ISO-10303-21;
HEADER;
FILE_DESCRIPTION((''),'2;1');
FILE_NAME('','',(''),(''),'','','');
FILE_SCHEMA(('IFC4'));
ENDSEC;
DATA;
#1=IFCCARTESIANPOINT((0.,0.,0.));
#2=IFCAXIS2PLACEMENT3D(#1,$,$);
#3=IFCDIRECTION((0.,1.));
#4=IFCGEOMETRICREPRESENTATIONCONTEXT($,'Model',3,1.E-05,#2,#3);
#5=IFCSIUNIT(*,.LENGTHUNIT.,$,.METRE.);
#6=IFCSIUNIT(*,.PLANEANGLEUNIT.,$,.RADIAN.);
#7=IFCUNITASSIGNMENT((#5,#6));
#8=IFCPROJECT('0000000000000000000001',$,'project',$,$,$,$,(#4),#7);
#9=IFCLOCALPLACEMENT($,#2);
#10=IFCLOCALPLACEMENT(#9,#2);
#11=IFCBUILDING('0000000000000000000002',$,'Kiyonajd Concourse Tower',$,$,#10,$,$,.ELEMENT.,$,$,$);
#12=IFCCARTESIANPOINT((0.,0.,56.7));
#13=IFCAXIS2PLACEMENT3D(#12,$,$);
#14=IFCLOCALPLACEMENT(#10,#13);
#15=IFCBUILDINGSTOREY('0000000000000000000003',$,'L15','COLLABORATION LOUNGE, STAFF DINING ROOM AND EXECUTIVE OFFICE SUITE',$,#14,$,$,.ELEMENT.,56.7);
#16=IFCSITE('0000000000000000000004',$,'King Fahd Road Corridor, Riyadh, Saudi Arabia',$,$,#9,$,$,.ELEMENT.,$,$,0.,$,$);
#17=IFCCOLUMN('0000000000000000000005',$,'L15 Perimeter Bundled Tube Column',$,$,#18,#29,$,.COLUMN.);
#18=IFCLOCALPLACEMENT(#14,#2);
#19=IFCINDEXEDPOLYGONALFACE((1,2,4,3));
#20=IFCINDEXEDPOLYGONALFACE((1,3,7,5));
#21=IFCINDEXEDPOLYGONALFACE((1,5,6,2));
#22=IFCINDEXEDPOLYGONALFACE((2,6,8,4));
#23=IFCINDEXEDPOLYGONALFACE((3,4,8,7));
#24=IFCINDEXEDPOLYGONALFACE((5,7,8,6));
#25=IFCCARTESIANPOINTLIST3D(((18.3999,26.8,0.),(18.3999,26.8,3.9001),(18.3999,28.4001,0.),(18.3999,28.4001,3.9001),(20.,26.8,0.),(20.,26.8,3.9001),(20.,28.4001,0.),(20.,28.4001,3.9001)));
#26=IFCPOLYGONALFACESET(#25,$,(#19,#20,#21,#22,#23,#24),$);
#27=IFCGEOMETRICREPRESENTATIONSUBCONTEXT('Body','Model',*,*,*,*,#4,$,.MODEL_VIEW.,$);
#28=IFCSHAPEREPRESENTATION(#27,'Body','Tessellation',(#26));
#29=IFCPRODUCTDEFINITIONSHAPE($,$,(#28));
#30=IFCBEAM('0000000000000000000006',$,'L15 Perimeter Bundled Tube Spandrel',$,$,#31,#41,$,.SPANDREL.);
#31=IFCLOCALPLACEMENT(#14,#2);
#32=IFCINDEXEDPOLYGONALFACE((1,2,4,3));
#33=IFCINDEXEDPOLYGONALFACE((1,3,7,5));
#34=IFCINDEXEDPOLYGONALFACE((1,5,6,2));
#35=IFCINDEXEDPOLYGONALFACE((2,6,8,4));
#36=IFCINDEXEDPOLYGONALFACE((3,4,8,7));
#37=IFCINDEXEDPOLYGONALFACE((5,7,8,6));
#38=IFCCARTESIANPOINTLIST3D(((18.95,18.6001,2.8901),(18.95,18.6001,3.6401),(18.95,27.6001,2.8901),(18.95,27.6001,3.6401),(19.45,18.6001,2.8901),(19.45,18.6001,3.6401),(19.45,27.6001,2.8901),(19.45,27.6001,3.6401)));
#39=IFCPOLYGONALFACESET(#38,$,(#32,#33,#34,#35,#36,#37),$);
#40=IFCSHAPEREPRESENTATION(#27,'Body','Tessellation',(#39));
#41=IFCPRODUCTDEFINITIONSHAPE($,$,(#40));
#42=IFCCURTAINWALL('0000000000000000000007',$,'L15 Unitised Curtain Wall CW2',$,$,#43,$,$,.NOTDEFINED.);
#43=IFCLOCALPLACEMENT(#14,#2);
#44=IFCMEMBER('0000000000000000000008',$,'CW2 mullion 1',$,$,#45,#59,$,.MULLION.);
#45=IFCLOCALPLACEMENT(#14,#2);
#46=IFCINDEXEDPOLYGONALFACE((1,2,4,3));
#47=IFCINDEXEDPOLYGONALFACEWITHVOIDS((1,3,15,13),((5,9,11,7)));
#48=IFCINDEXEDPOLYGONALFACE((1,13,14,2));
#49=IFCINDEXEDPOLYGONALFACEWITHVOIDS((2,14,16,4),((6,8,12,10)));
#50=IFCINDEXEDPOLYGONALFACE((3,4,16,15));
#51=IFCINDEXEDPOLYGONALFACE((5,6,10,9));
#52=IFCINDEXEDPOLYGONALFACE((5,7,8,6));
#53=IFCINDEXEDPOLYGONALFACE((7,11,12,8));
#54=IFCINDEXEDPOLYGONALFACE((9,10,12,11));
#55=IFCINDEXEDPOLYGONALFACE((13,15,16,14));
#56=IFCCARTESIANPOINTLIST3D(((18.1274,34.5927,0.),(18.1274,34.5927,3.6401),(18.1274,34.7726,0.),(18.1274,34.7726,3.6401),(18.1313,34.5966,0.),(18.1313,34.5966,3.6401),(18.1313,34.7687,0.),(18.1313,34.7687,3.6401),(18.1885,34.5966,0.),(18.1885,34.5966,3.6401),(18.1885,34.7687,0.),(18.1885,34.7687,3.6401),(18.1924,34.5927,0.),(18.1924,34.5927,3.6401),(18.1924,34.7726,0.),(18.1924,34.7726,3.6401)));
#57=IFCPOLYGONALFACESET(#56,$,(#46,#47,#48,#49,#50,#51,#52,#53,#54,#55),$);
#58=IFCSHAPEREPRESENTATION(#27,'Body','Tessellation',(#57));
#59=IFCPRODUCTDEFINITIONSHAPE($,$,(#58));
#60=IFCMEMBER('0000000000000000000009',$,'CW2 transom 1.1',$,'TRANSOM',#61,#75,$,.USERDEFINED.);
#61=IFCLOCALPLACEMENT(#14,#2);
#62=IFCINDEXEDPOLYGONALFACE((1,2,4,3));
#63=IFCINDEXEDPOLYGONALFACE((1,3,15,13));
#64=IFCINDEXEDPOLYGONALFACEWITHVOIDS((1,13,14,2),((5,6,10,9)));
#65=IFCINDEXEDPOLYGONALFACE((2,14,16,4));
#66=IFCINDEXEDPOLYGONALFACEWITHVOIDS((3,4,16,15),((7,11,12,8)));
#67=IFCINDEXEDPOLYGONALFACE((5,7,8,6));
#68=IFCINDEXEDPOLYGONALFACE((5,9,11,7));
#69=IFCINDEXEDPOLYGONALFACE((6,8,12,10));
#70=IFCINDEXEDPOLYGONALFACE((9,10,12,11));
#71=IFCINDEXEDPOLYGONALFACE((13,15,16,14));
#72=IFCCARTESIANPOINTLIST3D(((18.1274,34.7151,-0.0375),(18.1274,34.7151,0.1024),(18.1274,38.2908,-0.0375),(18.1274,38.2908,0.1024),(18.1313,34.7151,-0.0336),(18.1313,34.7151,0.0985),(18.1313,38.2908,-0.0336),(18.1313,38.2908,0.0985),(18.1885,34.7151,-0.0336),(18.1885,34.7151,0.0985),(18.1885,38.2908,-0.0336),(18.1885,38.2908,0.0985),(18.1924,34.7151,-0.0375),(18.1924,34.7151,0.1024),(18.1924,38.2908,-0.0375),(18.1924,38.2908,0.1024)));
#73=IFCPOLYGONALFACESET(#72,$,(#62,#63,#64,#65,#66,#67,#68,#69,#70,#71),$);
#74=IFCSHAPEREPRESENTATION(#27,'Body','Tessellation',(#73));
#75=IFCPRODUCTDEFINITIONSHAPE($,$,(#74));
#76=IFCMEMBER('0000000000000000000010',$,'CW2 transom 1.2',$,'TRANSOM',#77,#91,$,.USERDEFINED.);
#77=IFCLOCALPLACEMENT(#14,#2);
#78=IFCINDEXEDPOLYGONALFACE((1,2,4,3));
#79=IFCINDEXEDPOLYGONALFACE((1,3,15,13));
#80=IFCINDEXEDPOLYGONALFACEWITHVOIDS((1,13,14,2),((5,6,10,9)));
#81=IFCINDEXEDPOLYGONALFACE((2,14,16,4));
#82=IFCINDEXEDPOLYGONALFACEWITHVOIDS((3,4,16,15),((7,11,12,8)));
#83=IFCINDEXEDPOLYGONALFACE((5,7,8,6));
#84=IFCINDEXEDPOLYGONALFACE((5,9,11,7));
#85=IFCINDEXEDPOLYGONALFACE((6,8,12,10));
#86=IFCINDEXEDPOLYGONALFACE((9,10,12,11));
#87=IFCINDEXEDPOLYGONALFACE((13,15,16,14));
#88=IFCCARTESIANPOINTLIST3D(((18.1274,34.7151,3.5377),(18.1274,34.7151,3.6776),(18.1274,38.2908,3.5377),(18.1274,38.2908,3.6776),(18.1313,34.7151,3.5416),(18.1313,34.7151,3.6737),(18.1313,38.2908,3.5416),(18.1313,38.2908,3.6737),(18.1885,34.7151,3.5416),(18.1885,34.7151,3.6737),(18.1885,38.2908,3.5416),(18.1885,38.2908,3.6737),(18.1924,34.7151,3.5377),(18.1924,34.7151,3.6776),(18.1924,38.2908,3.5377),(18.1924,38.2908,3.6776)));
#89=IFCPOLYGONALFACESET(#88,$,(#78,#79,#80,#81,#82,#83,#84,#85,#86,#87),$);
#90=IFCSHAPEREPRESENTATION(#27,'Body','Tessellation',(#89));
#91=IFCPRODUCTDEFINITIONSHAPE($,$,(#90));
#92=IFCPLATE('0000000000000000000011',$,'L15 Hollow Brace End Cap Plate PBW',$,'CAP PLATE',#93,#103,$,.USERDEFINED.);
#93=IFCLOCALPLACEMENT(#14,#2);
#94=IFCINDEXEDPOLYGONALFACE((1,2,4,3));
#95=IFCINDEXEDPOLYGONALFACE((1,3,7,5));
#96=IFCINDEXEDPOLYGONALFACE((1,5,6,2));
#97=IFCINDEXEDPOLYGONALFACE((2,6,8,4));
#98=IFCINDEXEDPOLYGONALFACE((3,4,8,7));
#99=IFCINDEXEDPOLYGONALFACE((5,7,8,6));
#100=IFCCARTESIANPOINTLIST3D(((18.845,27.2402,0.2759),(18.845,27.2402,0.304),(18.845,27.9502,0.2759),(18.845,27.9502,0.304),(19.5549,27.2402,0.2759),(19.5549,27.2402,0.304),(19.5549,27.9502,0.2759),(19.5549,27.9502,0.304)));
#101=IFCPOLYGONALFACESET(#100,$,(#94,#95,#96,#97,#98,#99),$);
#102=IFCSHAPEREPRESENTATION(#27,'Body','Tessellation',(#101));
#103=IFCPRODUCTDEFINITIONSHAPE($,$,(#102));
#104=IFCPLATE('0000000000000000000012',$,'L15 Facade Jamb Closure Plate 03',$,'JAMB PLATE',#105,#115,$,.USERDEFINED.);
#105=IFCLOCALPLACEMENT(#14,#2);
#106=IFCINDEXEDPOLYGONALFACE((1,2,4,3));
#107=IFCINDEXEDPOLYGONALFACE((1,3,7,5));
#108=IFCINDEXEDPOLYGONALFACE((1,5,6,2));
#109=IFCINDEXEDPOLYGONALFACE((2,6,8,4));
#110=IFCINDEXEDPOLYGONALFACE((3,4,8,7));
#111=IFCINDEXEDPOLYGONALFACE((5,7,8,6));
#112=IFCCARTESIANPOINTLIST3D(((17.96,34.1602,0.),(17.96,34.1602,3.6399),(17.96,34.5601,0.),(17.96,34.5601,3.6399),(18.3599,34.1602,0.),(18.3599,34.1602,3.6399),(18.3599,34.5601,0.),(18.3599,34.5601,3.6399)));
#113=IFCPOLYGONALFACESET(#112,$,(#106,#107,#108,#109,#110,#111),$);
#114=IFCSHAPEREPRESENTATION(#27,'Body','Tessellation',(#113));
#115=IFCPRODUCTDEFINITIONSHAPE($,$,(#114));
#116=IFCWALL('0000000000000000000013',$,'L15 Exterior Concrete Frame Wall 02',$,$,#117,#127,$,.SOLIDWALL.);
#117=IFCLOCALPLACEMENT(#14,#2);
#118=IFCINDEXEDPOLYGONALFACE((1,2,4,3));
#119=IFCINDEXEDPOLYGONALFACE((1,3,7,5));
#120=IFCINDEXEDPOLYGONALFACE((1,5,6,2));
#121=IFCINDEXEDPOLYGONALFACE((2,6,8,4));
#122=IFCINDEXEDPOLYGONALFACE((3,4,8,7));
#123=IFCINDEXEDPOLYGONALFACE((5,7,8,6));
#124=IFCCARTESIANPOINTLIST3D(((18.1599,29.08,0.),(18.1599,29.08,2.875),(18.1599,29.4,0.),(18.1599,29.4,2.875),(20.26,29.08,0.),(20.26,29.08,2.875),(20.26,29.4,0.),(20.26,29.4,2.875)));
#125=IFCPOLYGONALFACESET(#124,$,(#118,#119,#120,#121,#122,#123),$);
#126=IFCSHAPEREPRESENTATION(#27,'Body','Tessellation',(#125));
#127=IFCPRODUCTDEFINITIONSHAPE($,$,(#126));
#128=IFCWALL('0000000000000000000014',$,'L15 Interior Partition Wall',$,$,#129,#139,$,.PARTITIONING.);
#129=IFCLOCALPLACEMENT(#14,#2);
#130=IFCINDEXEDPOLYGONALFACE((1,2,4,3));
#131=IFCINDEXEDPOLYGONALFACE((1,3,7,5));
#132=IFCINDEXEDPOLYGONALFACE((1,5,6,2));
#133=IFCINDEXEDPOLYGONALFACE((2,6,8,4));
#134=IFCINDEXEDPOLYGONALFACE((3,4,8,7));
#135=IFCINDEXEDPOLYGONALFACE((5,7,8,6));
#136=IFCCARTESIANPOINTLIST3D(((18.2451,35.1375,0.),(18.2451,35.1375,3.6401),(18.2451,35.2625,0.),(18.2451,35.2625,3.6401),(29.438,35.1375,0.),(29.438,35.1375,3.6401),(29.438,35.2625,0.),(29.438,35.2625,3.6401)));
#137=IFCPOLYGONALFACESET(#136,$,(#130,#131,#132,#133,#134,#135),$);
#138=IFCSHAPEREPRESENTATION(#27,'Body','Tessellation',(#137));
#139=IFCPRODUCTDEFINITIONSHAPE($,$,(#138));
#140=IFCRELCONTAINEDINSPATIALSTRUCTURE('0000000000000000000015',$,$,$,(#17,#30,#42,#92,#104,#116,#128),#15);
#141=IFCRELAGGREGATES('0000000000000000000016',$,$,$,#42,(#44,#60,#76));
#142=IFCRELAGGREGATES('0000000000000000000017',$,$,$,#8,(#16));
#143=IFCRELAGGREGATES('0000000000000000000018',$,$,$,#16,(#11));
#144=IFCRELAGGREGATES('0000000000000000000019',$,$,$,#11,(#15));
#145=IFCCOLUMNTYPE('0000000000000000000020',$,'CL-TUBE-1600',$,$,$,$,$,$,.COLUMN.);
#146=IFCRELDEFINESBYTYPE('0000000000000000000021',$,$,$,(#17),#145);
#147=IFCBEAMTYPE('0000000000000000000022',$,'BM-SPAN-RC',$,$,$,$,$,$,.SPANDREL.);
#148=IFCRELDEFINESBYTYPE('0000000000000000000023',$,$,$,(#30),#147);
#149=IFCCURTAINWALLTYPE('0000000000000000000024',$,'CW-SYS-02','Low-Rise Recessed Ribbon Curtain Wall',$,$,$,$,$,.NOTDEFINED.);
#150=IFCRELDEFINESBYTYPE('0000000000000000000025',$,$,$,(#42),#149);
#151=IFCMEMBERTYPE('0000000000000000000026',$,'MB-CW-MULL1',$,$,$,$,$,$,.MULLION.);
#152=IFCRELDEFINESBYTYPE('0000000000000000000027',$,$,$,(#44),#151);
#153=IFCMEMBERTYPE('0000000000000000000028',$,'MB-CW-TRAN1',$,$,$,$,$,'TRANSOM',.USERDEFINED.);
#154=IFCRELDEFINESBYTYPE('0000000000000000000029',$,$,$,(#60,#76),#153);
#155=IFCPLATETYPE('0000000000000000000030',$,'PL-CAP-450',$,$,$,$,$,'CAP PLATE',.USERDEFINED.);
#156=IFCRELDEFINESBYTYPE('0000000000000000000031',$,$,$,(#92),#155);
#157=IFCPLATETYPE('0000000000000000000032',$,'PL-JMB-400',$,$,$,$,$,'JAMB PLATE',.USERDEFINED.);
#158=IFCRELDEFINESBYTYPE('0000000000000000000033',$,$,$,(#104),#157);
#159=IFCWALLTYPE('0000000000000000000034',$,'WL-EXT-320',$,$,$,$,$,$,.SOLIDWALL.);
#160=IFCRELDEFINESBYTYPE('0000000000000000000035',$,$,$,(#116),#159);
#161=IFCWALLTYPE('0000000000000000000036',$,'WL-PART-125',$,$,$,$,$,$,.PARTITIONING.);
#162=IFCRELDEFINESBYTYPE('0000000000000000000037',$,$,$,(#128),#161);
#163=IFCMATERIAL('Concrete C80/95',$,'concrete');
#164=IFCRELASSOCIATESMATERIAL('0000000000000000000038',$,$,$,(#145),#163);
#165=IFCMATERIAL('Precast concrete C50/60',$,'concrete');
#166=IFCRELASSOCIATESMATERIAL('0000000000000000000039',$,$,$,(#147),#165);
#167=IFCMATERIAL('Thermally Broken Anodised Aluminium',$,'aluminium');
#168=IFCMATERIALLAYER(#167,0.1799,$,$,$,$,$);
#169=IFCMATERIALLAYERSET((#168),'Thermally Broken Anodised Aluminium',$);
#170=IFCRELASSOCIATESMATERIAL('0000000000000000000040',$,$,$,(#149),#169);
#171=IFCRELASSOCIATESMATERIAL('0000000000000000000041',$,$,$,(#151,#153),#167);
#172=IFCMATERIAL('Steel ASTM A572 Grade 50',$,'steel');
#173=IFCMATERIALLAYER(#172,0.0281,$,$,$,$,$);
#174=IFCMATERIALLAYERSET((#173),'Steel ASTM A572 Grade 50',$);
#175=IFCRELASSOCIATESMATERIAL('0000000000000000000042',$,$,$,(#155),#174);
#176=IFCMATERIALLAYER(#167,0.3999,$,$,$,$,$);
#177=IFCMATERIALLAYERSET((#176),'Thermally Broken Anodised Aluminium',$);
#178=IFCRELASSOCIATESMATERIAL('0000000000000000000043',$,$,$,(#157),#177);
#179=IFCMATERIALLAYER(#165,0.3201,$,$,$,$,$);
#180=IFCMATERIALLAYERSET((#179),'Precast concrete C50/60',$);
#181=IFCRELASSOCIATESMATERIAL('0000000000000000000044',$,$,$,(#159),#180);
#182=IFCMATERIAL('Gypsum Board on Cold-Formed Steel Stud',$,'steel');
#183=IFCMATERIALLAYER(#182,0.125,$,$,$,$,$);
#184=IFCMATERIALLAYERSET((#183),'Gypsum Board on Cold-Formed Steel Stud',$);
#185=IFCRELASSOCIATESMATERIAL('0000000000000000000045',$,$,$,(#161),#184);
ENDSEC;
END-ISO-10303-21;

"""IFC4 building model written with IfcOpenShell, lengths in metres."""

from ifc_helpers import new_model, si_unit, direction, frame, frame_2d, origin, origin_2d, place, context, subcontext, project, spatial, rectangle, hollow_rectangle, extrude, material, layer, layer_set, material_profile, profile_set, type_object, element, aggregate, save


model = new_model("IFC4")

# Units and contexts
model_context = context("Model", 3, precision=1e-05, world=origin(), true_north=direction((0.0, 1.0)))
body_context = subcontext(model_context, "Body", "Model", "MODEL_VIEW")
ifc_project = project(units=[si_unit("LENGTHUNIT", "METRE"), si_unit("PLANEANGLEUNIT", "RADIAN")], contexts=[model_context])

# Site, building, storey
site_placement = place(None, origin())
site = spatial("IfcSite", under=ifc_project, at=site_placement, Name="King Fahd Road Corridor, Riyadh, Saudi Arabia", CompositionType="ELEMENT", RefElevation=0.0)
building_placement = place(site_placement, origin())
building = spatial("IfcBuilding", under=site, at=building_placement, Name="Kiyonajd Concourse Tower", CompositionType="ELEMENT")
storey_placement = place(building_placement, frame((0.0, 0.0, 56.7)))
storey = spatial("IfcBuildingStorey", under=building, at=storey_placement, Name="L15", Description="COLLABORATION LOUNGE, STAFF DINING ROOM AND EXECUTIVE OFFICE SUITE", CompositionType="ELEMENT", Elevation=56.7)

# Column
ifc_material_1 = material(Name="Concrete C80/95", Category="concrete")
ifc_material_profile_1 = material_profile(ifc_material_1, rectangle(XDim=1.6001, YDim=1.6001, at=origin_2d()), Name="RC-1600x1600")
ifc_profile_set_1 = profile_set([ifc_material_profile_1], Name="Concrete C80/95")
column_type = type_object("IfcColumnType", Name="CL-TUBE-1600", PredefinedType="COLUMN", material=ifc_profile_set_1)
column_placement = place(storey_placement, frame((19.2, 27.6001, 0.0), z_axis=(0.0, 0.0, 1.0), x_axis=(1.0, 0.0, 0.0)))
element("IfcColumn", 1, at=column_placement, inside=storey, type_object=column_type, Name="L15 Perimeter Bundled Tube Column", PredefinedType="COLUMN", context=body_context, shape_type="SweptSolid", body=[
    extrude(rectangle(XDim=1.6001, YDim=1.6001, at=origin_2d()), origin(), (0.0, 0.0, 1.0), 3.9001),
])

# Beam
ifc_material_2 = material(Name="Precast concrete C50/60", Category="concrete")
ifc_material_profile_2 = material_profile(ifc_material_2, rectangle(XDim=0.5, YDim=0.75, at=origin_2d()), Name="RCBM-500x750")
ifc_profile_set_2 = profile_set([ifc_material_profile_2], Name="Precast concrete C50/60")
beam_type = type_object("IfcBeamType", Name="BM-SPAN-RC", PredefinedType="SPANDREL", material=ifc_profile_set_2)
beam_placement = place(storey_placement, frame((19.2, 27.6001, 3.2651), z_axis=(0.0, -1.0, 0.0), x_axis=(1.0, 0.0, 0.0)))
element("IfcBeam", 2, at=beam_placement, inside=storey, type_object=beam_type, Name="L15 Perimeter Bundled Tube Spandrel", PredefinedType="SPANDREL", context=body_context, shape_type="SweptSolid", body=[
    extrude(rectangle(XDim=0.5, YDim=0.75, at=origin_2d()), origin(), (0.0, 0.0, 1.0), 9.0),
])

# Curtain wall, members
ifc_material_3 = material(Name="Thermally Broken Anodised Aluminium", Category="aluminium")
ifc_layer_1 = layer(ifc_material_3, 0.1799)
ifc_layer_set_1 = layer_set([ifc_layer_1], Name="Thermally Broken Anodised Aluminium")
curtain_wall_type = type_object("IfcCurtainWallType", Name="CW-SYS-02", Description="Low-Rise Recessed Ribbon Curtain Wall", PredefinedType="NOTDEFINED", material=ifc_layer_set_1)
curtain_wall_placement = place(storey_placement, origin())
curtain_wall = element("IfcCurtainWall", 3, at=curtain_wall_placement, inside=storey, type_object=curtain_wall_type, Name="L15 Unitised Curtain Wall CW2", PredefinedType="NOTDEFINED")
ifc_material_profile_3 = material_profile(ifc_material_3, hollow_rectangle(XDim=0.0649, YDim=0.1799, WallThickness=0.0039, at=origin_2d()), Name="MULL-65x180")
ifc_profile_set_3 = profile_set([ifc_material_profile_3], Name="Thermally Broken Anodised Aluminium")
member_type_1 = type_object("IfcMemberType", Name="MB-CW-MULL1", PredefinedType="MULLION", material=ifc_profile_set_3)
member_1_placement = place(storey_placement, frame((18.1599, 34.6826, 0.0), z_axis=(0.0, 0.0, 1.0), x_axis=(-1.0, 0.0, 0.0)))
member_1 = element("IfcMember", 4, at=member_1_placement, type_object=member_type_1, Name="CW2 mullion 1", PredefinedType="MULLION", context=body_context, shape_type="SweptSolid", body=[
    extrude(hollow_rectangle(XDim=0.0649, YDim=0.1799, WallThickness=0.0039, at=origin_2d()), origin(), (0.0, 0.0, 1.0), 3.6401),
])
ifc_material_profile_4 = material_profile(ifc_material_3, hollow_rectangle(XDim=0.0649, YDim=0.1399, WallThickness=0.0039, at=origin_2d()), Name="TRAN-65x140")
ifc_profile_set_4 = profile_set([ifc_material_profile_4], Name="Thermally Broken Anodised Aluminium")
member_type_2 = type_object("IfcMemberType", Name="MB-CW-TRAN1", ElementType="TRANSOM", PredefinedType="USERDEFINED", material=ifc_profile_set_4)
member_2_placement = place(storey_placement, frame((18.1599, 34.7151, 0.0325), z_axis=(0.0, 1.0, 0.0), x_axis=(-1.0, 0.0, 0.0)))
member_2 = element("IfcMember", 5, at=member_2_placement, type_object=member_type_2, Name="CW2 transom 1.1", ObjectType="TRANSOM", PredefinedType="USERDEFINED", context=body_context, shape_type="SweptSolid", body=[
    extrude(hollow_rectangle(XDim=0.0649, YDim=0.1399, WallThickness=0.0039, at=origin_2d()), origin(), (0.0, 0.0, 1.0), 3.5757),
])
member_3_placement = place(storey_placement, frame((18.1599, 34.7151, 3.6077), z_axis=(0.0, 1.0, 0.0), x_axis=(-1.0, 0.0, 0.0)))
member_3 = element("IfcMember", 6, at=member_3_placement, type_object=member_type_2, Name="CW2 transom 1.2", ObjectType="TRANSOM", PredefinedType="USERDEFINED", context=body_context, shape_type="SweptSolid", body=[
    extrude(hollow_rectangle(XDim=0.0649, YDim=0.1399, WallThickness=0.0039, at=origin_2d()), origin(), (0.0, 0.0, 1.0), 3.5757),
])
aggregate(curtain_wall, [member_1, member_2, member_3])

# Plates
ifc_material_4 = material(Name="Steel ASTM A572 Grade 50", Category="steel")
ifc_layer_2 = layer(ifc_material_4, 0.0281)
ifc_layer_set_2 = layer_set([ifc_layer_2], Name="Steel ASTM A572 Grade 50")
plate_type_1 = type_object("IfcPlateType", Name="PL-CAP-450", ElementType="CAP PLATE", PredefinedType="USERDEFINED", material=ifc_layer_set_2)
plate_1_placement = place(storey_placement, frame((19.2, 27.5952, 0.2759), z_axis=(0.0, 0.0, 1.0), x_axis=(1.0, 0.0, 0.0)))
element("IfcPlate", 7, at=plate_1_placement, inside=storey, type_object=plate_type_1, Name="L15 Hollow Brace End Cap Plate PBW", ObjectType="CAP PLATE", PredefinedType="USERDEFINED", context=body_context, shape_type="SweptSolid", body=[
    extrude(rectangle(XDim=0.71, YDim=0.71, at=origin_2d()), origin(), (0.0, 0.0, 1.0), 0.0281),
])
ifc_layer_3 = layer(ifc_material_3, 0.3999)
ifc_layer_set_3 = layer_set([ifc_layer_3], Name="Thermally Broken Anodised Aluminium")
plate_type_2 = type_object("IfcPlateType", Name="PL-JMB-400", ElementType="JAMB PLATE", PredefinedType="USERDEFINED", material=ifc_layer_set_3)
plate_2_placement = place(storey_placement, frame((18.1599, 34.3601, 0.0), z_axis=(0.0, 0.0, 1.0), x_axis=(1.0, 0.0, 0.0)))
element("IfcPlate", 8, at=plate_2_placement, inside=storey, type_object=plate_type_2, Name="L15 Facade Jamb Closure Plate 03", ObjectType="JAMB PLATE", PredefinedType="USERDEFINED", context=body_context, shape_type="SweptSolid", body=[
    extrude(rectangle(XDim=0.3999, YDim=0.3999, at=origin_2d()), origin(), (0.0, 0.0, 1.0), 3.6399),
])

# Walls
ifc_layer_4 = layer(ifc_material_2, 0.3201)
ifc_layer_set_4 = layer_set([ifc_layer_4], Name="Precast concrete C50/60")
wall_type_1 = type_object("IfcWallType", Name="WL-EXT-320", PredefinedType="SOLIDWALL", material=ifc_layer_set_4)
wall_1_placement = place(storey_placement, frame((18.1599, 29.24, 0.0), z_axis=(0.0, 0.0, 1.0), x_axis=(1.0, 0.0, 0.0)))
element("IfcWall", 9, at=wall_1_placement, inside=storey, type_object=wall_type_1, Name="L15 Exterior Concrete Frame Wall 02", PredefinedType="SOLIDWALL", context=body_context, shape_type="SweptSolid", body=[
    extrude(rectangle(XDim=2.1001, YDim=0.3201, at=frame_2d((1.05, 0.0))), origin(), (0.0, 0.0, 1.0), 2.875),
])
ifc_material_5 = material(Name="Gypsum Board on Cold-Formed Steel Stud", Category="steel")
ifc_layer_5 = layer(ifc_material_5, 0.125)
ifc_layer_set_5 = layer_set([ifc_layer_5], Name="Gypsum Board on Cold-Formed Steel Stud")
wall_type_2 = type_object("IfcWallType", Name="WL-PART-125", PredefinedType="PARTITIONING", material=ifc_layer_set_5)
wall_2_placement = place(storey_placement, frame((18.2451, 35.2, 0.0), z_axis=(0.0, 0.0, 1.0), x_axis=(1.0, 0.0, 0.0)))
element("IfcWall", 10, at=wall_2_placement, inside=storey, type_object=wall_type_2, Name="L15 Interior Partition Wall", PredefinedType="PARTITIONING", context=body_context, shape_type="SweptSolid", body=[
    extrude(rectangle(XDim=11.1929, YDim=0.125, at=frame_2d((5.5964, 0.0))), origin(), (0.0, 0.0, 1.0), 3.6401),
])

save(model, "model.ifc")
